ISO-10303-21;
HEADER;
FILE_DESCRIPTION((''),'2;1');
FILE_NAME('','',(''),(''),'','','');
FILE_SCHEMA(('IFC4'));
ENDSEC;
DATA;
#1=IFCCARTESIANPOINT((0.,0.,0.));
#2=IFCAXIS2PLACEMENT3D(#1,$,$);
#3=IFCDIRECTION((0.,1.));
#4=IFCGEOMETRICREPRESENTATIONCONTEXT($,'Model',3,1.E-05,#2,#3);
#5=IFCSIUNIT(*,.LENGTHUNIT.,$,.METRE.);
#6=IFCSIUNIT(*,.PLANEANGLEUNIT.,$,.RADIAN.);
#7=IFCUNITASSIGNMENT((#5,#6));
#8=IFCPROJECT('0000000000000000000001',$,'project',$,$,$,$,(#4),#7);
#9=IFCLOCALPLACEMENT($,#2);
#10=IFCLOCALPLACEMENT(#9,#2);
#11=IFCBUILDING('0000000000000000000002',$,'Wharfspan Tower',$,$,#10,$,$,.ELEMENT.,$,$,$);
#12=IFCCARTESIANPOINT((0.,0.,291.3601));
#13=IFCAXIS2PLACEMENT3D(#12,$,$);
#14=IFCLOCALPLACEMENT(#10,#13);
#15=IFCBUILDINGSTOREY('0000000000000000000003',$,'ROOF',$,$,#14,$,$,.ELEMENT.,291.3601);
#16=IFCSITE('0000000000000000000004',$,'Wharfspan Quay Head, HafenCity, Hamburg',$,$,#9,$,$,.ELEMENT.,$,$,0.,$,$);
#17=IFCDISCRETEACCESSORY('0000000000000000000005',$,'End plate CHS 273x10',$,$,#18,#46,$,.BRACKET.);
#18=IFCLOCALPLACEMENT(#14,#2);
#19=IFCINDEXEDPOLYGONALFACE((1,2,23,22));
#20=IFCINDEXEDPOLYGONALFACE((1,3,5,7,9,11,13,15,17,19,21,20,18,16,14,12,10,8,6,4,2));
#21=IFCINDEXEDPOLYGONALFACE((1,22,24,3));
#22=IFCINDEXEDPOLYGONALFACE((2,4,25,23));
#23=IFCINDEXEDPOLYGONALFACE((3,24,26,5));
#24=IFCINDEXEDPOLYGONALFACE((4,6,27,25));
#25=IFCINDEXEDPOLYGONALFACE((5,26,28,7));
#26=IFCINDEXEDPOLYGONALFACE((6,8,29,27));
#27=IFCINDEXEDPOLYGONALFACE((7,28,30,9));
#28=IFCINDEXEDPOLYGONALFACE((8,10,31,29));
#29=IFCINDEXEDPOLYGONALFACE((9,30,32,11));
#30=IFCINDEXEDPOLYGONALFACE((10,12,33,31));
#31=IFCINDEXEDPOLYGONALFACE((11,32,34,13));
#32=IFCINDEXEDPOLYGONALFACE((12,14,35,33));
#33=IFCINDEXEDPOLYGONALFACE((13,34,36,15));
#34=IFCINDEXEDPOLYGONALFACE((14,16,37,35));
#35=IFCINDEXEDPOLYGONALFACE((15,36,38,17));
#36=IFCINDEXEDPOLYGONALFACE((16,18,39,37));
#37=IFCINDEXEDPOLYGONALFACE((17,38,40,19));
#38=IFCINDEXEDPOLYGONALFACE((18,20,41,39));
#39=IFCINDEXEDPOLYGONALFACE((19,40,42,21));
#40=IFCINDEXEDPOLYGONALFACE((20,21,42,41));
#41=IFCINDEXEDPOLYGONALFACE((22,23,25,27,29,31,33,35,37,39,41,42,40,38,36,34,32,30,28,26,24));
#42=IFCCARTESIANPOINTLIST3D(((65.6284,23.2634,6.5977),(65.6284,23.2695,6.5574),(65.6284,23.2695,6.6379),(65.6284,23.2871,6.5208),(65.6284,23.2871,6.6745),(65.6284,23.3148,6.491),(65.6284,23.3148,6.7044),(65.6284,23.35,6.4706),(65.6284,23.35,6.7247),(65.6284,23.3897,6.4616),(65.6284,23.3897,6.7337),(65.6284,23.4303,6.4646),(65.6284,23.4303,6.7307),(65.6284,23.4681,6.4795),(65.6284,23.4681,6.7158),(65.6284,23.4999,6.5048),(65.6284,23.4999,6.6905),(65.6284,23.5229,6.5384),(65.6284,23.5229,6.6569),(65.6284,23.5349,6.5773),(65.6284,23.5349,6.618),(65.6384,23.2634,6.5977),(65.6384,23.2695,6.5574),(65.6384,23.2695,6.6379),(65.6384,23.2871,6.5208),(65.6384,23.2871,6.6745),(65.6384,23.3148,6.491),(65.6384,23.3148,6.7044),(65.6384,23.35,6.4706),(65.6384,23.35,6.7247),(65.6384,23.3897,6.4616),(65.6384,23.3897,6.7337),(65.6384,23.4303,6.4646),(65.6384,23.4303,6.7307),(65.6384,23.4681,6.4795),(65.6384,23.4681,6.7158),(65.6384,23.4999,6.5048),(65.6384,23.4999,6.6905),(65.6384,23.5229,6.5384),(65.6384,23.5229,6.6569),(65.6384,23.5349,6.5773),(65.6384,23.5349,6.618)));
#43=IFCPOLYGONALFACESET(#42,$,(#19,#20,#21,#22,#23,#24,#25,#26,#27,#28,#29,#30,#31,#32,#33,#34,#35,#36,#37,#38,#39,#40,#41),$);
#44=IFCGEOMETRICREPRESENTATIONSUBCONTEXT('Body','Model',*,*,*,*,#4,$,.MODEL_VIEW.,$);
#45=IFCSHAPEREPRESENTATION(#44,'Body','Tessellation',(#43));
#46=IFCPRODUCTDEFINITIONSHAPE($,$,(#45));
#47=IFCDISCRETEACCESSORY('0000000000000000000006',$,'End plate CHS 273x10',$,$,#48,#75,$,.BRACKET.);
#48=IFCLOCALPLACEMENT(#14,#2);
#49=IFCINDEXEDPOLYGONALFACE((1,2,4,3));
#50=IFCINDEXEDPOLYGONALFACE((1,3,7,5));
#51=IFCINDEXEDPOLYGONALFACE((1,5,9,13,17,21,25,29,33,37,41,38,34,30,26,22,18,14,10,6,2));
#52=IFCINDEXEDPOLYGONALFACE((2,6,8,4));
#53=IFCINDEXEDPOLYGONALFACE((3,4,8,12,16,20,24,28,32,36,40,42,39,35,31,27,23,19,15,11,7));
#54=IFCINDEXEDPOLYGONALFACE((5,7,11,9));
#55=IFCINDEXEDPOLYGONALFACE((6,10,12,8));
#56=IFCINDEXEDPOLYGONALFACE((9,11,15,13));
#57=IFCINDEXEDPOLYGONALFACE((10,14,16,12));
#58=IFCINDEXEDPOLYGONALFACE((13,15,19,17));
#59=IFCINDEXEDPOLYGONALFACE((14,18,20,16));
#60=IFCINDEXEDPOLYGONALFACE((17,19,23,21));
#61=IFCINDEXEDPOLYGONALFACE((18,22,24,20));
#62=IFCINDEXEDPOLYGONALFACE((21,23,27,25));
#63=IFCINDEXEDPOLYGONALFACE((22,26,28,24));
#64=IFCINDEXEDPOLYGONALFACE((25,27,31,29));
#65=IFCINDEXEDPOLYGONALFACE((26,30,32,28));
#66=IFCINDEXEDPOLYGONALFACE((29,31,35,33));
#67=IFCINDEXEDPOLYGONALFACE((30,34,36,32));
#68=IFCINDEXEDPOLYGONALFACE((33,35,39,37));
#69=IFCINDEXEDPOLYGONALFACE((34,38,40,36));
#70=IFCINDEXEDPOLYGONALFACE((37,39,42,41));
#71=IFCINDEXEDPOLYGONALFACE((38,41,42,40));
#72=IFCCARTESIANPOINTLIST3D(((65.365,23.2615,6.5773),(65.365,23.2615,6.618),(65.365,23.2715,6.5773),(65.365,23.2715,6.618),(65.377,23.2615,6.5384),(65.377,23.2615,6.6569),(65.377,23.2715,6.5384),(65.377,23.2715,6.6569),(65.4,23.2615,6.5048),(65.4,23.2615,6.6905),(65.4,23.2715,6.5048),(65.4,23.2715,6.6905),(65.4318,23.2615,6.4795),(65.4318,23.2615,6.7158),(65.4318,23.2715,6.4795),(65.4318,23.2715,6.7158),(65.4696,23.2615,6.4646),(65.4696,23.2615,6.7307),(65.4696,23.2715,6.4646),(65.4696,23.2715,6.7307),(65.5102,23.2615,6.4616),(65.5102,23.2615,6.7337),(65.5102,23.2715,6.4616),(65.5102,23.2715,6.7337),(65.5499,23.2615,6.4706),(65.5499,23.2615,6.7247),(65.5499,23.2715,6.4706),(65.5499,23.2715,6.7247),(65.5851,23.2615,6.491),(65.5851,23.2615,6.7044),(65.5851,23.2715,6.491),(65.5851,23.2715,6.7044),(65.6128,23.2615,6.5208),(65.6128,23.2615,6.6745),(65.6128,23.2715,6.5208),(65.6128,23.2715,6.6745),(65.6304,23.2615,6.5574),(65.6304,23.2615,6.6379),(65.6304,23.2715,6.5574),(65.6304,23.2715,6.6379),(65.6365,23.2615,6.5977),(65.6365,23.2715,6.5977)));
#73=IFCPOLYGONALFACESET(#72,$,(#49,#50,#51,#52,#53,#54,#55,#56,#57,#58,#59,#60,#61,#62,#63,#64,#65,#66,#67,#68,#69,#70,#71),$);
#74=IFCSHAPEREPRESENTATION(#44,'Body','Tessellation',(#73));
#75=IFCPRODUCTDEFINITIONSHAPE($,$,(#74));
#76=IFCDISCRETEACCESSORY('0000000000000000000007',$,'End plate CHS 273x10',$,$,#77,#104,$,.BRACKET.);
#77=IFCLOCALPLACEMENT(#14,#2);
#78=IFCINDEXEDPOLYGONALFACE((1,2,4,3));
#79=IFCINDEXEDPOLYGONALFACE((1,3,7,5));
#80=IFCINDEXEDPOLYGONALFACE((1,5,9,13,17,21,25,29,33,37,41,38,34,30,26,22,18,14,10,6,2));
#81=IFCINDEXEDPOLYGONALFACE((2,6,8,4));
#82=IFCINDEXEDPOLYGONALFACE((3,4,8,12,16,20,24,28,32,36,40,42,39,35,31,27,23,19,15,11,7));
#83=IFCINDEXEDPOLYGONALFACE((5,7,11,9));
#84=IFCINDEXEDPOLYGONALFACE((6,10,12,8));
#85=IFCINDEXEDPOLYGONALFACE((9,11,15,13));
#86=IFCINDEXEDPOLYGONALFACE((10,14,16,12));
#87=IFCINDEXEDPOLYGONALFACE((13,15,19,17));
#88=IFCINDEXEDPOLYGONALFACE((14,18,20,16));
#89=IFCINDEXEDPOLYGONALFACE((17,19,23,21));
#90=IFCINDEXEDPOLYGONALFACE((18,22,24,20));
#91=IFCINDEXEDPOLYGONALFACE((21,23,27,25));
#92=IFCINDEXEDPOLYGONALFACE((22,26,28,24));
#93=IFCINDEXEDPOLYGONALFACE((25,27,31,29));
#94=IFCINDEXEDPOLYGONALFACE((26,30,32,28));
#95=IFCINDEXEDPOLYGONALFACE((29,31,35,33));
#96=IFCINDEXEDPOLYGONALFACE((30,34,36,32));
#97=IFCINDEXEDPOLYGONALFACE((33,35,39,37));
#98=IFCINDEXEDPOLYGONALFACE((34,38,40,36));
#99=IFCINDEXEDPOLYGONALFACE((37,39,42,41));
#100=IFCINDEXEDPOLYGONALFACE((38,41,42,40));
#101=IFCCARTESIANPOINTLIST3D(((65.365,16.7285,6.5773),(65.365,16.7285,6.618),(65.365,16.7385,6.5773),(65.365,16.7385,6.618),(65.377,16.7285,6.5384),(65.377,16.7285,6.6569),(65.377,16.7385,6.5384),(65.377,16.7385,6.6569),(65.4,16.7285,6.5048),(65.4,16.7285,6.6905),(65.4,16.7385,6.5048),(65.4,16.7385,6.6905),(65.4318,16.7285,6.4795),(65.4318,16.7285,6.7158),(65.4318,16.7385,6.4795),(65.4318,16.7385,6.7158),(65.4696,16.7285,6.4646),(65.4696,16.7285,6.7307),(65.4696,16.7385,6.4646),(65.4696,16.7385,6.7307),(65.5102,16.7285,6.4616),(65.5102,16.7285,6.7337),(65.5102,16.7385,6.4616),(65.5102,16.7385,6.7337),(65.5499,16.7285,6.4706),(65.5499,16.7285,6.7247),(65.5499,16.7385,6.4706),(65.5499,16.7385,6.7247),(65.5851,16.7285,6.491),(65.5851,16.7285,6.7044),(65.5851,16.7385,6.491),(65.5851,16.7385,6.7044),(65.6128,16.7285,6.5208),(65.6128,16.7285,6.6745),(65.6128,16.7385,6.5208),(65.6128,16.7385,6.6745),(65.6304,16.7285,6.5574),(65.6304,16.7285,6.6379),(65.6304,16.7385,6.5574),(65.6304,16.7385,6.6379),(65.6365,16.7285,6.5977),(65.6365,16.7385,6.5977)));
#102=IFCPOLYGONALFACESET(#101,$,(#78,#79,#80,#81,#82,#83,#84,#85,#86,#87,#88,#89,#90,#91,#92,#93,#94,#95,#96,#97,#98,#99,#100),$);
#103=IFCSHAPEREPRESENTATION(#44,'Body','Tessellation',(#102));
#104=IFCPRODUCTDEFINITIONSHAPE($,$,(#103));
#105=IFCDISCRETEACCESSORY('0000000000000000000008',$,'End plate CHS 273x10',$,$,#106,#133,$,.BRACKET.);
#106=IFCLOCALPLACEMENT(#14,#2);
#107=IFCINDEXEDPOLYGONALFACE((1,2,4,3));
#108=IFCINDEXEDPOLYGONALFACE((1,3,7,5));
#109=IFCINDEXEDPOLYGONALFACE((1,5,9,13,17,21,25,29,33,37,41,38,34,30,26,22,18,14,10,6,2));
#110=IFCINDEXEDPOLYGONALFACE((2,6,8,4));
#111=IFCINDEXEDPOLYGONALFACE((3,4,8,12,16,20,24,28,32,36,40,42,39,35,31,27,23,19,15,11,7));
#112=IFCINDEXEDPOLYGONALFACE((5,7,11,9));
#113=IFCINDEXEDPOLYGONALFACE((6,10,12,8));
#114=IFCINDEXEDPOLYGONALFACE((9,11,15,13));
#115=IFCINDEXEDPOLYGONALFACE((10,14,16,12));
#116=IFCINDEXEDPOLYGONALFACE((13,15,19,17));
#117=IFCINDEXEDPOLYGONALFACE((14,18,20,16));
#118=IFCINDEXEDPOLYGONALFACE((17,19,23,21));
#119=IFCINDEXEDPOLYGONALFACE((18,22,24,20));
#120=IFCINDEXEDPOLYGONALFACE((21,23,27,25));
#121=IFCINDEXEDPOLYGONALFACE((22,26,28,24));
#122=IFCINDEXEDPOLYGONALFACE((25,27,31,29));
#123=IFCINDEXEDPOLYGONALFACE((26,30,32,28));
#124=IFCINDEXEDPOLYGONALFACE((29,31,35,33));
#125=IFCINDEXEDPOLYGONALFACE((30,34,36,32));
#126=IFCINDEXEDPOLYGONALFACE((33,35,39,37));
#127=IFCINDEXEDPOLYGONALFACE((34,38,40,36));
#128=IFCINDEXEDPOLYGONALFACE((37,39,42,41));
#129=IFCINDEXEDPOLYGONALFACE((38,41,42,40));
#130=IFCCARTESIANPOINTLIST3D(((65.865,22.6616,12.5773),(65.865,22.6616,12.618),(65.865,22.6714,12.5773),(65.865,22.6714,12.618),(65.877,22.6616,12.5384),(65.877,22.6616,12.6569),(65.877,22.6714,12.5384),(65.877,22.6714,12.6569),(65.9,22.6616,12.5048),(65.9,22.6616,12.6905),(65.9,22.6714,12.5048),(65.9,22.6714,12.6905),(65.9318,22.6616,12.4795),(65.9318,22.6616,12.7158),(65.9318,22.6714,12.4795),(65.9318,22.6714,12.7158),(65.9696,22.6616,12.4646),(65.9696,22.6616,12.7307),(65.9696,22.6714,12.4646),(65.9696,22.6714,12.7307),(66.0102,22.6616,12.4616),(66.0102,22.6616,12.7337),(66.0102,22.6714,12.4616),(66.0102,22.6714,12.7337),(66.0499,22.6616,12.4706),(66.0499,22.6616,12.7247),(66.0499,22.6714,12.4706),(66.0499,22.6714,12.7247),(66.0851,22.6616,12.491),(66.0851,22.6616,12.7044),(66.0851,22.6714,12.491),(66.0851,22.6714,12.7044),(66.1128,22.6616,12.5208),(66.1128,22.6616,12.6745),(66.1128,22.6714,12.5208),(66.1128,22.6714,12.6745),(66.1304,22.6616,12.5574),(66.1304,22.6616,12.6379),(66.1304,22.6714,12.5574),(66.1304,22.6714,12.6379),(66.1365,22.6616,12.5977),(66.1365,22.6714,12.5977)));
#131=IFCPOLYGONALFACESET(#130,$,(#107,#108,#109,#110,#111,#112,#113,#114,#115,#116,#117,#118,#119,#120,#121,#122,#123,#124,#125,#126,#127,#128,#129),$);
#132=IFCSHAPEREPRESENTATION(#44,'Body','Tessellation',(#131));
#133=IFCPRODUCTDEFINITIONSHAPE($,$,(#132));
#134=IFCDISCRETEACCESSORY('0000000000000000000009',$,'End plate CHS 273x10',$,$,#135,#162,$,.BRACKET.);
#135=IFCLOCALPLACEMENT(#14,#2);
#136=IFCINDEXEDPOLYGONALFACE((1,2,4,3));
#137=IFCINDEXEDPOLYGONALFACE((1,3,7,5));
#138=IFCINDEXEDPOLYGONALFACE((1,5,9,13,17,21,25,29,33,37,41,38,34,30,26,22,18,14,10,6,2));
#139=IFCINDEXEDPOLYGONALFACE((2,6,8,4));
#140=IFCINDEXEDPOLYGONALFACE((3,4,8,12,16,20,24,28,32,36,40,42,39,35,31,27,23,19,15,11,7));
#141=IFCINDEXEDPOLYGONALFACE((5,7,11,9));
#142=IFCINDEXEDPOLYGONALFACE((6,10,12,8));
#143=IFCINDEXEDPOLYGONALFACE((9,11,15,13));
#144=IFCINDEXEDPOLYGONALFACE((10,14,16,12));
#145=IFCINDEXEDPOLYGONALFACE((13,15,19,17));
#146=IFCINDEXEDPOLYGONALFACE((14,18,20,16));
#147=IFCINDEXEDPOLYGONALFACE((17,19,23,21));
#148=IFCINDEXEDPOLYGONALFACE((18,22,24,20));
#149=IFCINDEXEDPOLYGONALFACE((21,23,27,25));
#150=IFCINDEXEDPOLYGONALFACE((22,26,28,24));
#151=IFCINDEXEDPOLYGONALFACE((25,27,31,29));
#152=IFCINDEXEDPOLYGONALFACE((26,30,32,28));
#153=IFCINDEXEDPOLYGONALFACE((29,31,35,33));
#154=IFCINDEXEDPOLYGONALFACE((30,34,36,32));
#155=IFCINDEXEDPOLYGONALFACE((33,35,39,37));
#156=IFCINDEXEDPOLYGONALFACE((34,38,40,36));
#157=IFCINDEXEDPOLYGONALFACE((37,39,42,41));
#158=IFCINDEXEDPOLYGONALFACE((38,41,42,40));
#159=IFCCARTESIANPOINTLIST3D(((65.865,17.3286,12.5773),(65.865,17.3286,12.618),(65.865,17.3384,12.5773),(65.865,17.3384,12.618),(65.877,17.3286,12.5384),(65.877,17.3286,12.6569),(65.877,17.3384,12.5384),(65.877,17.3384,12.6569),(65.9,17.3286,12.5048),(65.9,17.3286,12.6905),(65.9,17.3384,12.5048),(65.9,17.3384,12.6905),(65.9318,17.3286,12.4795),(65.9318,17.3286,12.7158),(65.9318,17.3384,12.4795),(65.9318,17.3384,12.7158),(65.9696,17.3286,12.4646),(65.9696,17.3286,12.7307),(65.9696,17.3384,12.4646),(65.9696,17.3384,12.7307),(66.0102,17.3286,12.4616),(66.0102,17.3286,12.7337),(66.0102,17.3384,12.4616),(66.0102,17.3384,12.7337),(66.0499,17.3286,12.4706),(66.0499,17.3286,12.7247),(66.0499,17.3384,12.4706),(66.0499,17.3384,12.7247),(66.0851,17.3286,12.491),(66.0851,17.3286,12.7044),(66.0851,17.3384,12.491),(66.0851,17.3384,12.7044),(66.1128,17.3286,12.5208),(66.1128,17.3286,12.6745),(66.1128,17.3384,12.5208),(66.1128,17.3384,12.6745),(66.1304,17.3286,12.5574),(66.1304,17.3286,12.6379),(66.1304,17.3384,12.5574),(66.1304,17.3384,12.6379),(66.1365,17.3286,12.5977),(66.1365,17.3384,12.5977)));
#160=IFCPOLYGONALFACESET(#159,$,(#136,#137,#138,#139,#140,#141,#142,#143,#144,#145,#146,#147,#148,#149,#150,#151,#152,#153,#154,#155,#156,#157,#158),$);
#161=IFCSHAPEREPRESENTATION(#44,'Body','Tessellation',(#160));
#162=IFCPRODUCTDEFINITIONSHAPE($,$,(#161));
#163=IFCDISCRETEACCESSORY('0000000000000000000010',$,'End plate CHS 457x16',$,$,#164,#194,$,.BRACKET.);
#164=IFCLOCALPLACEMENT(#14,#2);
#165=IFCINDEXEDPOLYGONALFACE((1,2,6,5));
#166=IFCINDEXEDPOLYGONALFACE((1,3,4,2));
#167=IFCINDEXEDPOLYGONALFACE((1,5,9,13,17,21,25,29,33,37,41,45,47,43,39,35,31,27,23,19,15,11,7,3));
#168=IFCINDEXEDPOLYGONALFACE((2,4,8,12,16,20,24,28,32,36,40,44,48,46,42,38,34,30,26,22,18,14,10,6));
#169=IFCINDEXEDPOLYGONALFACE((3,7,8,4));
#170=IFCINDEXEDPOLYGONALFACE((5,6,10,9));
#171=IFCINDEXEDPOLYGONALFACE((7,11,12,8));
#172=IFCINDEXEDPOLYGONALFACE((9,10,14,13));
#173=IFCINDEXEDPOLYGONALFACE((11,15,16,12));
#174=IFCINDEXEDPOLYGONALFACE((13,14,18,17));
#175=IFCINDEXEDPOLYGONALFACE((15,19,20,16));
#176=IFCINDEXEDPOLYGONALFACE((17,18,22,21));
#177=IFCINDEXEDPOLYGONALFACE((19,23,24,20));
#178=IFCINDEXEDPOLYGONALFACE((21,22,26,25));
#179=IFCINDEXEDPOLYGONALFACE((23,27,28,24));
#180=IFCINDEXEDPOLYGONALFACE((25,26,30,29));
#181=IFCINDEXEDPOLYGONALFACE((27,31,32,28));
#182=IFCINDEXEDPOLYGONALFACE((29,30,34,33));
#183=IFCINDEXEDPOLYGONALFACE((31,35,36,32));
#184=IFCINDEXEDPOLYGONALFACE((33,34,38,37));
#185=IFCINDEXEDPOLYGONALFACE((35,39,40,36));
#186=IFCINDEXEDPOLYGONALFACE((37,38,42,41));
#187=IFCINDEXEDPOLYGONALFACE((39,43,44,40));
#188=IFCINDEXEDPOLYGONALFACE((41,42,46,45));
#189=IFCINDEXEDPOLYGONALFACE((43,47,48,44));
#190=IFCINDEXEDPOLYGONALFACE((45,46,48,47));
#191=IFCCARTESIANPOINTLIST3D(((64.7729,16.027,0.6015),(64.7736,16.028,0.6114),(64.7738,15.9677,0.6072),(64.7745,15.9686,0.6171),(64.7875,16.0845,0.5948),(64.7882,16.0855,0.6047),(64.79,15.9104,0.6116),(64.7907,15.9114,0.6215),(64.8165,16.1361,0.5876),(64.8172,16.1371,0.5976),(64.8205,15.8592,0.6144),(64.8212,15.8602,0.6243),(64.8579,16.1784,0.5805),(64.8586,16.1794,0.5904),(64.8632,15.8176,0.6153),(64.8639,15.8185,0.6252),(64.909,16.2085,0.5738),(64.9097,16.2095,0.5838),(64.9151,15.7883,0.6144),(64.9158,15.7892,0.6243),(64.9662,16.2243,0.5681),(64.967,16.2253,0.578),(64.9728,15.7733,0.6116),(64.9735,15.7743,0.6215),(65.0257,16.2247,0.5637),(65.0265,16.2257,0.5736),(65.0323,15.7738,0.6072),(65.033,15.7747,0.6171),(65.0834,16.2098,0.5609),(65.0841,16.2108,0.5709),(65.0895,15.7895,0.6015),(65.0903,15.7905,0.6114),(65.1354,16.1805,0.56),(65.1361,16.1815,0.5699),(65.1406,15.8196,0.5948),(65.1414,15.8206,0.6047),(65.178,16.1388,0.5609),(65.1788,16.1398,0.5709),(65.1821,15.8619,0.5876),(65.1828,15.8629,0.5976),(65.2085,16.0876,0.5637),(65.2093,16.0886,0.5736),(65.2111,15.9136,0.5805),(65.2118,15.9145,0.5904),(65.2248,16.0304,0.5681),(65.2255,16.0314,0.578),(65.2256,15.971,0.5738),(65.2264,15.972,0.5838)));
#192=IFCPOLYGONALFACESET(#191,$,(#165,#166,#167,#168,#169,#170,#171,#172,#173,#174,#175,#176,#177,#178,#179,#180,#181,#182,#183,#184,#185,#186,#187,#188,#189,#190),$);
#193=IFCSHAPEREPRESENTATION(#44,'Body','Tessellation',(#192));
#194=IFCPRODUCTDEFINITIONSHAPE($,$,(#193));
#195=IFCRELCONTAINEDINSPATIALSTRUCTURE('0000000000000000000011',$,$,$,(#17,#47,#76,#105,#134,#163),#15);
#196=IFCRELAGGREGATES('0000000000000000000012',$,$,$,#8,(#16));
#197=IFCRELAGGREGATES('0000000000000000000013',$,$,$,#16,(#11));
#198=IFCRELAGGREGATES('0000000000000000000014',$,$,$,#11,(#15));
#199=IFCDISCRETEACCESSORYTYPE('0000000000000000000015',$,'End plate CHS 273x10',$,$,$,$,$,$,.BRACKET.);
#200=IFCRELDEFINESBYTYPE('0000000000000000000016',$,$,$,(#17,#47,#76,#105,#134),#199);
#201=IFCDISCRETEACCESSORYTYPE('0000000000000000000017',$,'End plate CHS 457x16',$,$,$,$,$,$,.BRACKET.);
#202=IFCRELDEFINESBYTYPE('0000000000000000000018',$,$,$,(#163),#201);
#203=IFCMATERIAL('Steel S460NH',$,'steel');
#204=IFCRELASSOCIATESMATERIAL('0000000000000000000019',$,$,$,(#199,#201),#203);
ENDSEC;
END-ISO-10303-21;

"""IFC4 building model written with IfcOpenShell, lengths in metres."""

from ifc_helpers import new_model, si_unit, direction, frame, origin, origin_2d, place, context, subcontext, project, spatial, circle, extrude, material, material_profile, profile_set, type_object, element, save


model = new_model("IFC4")

# Units and contexts
model_context = context("Model", 3, precision=1e-05, world=origin(), true_north=direction((0.0, 1.0)))
body_context = subcontext(model_context, "Body", "Model", "MODEL_VIEW")
ifc_project = project(units=[si_unit("LENGTHUNIT", "METRE"), si_unit("PLANEANGLEUNIT", "RADIAN")], contexts=[model_context])

# Site, building, storey
site_placement = place(None, origin())
site = spatial("IfcSite", under=ifc_project, at=site_placement, Name="Wharfspan Quay Head, HafenCity, Hamburg", CompositionType="ELEMENT", RefElevation=0.0)
building_placement = place(site_placement, origin())
building = spatial("IfcBuilding", under=site, at=building_placement, Name="Wharfspan Tower", CompositionType="ELEMENT")
storey_placement = place(building_placement, frame((0.0, 0.0, 291.3601)))
storey = spatial("IfcBuildingStorey", under=building, at=storey_placement, Name="ROOF", CompositionType="ELEMENT", Elevation=291.3601)

# Shared definitions
ifc_material_1 = material(Name="Steel S460NH", Category="steel")

# Discrete accessories
ifc_material_profile_1 = material_profile(ifc_material_1, circle(Radius=0.1365, at=origin_2d()))
ifc_profile_set_1 = profile_set([ifc_material_profile_1], Name="Steel S460NH")
discrete_accessory_type_1 = type_object("IfcDiscreteAccessoryType", Name="End plate CHS 273x10", PredefinedType="BRACKET", material=ifc_profile_set_1)
for number, where, z_axis, x_axis, name in (
    (1, (65.6384, 23.3999, 6.5977), (-1.0, 0.0, 0.0), (0.0, -1.0, 0.0), "End plate CHS 273x10"),
    (2, (65.5, 23.2715, 6.5977), (0.0, -1.0, 0.0), (1.0, 0.0, 0.0), "End plate CHS 273x10"),
    (3, (65.5, 16.7385, 6.5977), (0.0, -1.0, 0.0), (1.0, 0.0, 0.0), "End plate CHS 273x10"),
):
    element("IfcDiscreteAccessory", number, at=place(storey_placement, frame(where, z_axis=z_axis, x_axis=x_axis)), inside=storey, type_object=discrete_accessory_type_1, Name=name, PredefinedType="BRACKET", context=body_context, shape_type="SweptSolid", body=[
        extrude(circle(Radius=0.1365, at=origin_2d()), origin(), (0.0, 0.0, 1.0), 0.01),
    ])
for number, where, z_axis, x_axis, name in (
    (4, (66.0, 22.6714, 12.5977), (0.0, -1.0, 0.0), (1.0, 0.0, 0.0), "End plate CHS 273x10"),
    (5, (66.0, 17.3384, 12.5977), (0.0, -1.0, 0.0), (1.0, 0.0, 0.0), "End plate CHS 273x10"),
):
    element("IfcDiscreteAccessory", number, at=place(storey_placement, frame(where, z_axis=z_axis, x_axis=x_axis)), inside=storey, type_object=discrete_accessory_type_1, Name=name, PredefinedType="BRACKET", context=body_context, shape_type="SweptSolid", body=[
        extrude(circle(Radius=0.1365, at=origin_2d()), origin(), (0.0, 0.0, 1.0), 0.0098),
    ])
ifc_material_profile_2 = material_profile(ifc_material_1, circle(Radius=0.2285, at=origin_2d()))
ifc_profile_set_2 = profile_set([ifc_material_profile_2], Name="Steel S460NH")
discrete_accessory_type_2 = type_object("IfcDiscreteAccessoryType", Name="End plate CHS 457x16", PredefinedType="BRACKET", material=ifc_profile_set_2)
for number, where, z_axis, x_axis, name in (
    (6, (64.9993, 15.999, 0.5876), (0.072633, 0.096844, 0.992646), (-0.8, 0.6, 0.0), "End plate CHS 457x16"),
):
    element("IfcDiscreteAccessory", number, at=place(storey_placement, frame(where, z_axis=z_axis, x_axis=x_axis)), inside=storey, type_object=discrete_accessory_type_2, Name=name, PredefinedType="BRACKET", context=body_context, shape_type="SweptSolid", body=[
        extrude(circle(Radius=0.2285, at=origin_2d()), origin(), (0.0, 0.0, 1.0), 0.01),
    ])

save(model, "model.ifc")
